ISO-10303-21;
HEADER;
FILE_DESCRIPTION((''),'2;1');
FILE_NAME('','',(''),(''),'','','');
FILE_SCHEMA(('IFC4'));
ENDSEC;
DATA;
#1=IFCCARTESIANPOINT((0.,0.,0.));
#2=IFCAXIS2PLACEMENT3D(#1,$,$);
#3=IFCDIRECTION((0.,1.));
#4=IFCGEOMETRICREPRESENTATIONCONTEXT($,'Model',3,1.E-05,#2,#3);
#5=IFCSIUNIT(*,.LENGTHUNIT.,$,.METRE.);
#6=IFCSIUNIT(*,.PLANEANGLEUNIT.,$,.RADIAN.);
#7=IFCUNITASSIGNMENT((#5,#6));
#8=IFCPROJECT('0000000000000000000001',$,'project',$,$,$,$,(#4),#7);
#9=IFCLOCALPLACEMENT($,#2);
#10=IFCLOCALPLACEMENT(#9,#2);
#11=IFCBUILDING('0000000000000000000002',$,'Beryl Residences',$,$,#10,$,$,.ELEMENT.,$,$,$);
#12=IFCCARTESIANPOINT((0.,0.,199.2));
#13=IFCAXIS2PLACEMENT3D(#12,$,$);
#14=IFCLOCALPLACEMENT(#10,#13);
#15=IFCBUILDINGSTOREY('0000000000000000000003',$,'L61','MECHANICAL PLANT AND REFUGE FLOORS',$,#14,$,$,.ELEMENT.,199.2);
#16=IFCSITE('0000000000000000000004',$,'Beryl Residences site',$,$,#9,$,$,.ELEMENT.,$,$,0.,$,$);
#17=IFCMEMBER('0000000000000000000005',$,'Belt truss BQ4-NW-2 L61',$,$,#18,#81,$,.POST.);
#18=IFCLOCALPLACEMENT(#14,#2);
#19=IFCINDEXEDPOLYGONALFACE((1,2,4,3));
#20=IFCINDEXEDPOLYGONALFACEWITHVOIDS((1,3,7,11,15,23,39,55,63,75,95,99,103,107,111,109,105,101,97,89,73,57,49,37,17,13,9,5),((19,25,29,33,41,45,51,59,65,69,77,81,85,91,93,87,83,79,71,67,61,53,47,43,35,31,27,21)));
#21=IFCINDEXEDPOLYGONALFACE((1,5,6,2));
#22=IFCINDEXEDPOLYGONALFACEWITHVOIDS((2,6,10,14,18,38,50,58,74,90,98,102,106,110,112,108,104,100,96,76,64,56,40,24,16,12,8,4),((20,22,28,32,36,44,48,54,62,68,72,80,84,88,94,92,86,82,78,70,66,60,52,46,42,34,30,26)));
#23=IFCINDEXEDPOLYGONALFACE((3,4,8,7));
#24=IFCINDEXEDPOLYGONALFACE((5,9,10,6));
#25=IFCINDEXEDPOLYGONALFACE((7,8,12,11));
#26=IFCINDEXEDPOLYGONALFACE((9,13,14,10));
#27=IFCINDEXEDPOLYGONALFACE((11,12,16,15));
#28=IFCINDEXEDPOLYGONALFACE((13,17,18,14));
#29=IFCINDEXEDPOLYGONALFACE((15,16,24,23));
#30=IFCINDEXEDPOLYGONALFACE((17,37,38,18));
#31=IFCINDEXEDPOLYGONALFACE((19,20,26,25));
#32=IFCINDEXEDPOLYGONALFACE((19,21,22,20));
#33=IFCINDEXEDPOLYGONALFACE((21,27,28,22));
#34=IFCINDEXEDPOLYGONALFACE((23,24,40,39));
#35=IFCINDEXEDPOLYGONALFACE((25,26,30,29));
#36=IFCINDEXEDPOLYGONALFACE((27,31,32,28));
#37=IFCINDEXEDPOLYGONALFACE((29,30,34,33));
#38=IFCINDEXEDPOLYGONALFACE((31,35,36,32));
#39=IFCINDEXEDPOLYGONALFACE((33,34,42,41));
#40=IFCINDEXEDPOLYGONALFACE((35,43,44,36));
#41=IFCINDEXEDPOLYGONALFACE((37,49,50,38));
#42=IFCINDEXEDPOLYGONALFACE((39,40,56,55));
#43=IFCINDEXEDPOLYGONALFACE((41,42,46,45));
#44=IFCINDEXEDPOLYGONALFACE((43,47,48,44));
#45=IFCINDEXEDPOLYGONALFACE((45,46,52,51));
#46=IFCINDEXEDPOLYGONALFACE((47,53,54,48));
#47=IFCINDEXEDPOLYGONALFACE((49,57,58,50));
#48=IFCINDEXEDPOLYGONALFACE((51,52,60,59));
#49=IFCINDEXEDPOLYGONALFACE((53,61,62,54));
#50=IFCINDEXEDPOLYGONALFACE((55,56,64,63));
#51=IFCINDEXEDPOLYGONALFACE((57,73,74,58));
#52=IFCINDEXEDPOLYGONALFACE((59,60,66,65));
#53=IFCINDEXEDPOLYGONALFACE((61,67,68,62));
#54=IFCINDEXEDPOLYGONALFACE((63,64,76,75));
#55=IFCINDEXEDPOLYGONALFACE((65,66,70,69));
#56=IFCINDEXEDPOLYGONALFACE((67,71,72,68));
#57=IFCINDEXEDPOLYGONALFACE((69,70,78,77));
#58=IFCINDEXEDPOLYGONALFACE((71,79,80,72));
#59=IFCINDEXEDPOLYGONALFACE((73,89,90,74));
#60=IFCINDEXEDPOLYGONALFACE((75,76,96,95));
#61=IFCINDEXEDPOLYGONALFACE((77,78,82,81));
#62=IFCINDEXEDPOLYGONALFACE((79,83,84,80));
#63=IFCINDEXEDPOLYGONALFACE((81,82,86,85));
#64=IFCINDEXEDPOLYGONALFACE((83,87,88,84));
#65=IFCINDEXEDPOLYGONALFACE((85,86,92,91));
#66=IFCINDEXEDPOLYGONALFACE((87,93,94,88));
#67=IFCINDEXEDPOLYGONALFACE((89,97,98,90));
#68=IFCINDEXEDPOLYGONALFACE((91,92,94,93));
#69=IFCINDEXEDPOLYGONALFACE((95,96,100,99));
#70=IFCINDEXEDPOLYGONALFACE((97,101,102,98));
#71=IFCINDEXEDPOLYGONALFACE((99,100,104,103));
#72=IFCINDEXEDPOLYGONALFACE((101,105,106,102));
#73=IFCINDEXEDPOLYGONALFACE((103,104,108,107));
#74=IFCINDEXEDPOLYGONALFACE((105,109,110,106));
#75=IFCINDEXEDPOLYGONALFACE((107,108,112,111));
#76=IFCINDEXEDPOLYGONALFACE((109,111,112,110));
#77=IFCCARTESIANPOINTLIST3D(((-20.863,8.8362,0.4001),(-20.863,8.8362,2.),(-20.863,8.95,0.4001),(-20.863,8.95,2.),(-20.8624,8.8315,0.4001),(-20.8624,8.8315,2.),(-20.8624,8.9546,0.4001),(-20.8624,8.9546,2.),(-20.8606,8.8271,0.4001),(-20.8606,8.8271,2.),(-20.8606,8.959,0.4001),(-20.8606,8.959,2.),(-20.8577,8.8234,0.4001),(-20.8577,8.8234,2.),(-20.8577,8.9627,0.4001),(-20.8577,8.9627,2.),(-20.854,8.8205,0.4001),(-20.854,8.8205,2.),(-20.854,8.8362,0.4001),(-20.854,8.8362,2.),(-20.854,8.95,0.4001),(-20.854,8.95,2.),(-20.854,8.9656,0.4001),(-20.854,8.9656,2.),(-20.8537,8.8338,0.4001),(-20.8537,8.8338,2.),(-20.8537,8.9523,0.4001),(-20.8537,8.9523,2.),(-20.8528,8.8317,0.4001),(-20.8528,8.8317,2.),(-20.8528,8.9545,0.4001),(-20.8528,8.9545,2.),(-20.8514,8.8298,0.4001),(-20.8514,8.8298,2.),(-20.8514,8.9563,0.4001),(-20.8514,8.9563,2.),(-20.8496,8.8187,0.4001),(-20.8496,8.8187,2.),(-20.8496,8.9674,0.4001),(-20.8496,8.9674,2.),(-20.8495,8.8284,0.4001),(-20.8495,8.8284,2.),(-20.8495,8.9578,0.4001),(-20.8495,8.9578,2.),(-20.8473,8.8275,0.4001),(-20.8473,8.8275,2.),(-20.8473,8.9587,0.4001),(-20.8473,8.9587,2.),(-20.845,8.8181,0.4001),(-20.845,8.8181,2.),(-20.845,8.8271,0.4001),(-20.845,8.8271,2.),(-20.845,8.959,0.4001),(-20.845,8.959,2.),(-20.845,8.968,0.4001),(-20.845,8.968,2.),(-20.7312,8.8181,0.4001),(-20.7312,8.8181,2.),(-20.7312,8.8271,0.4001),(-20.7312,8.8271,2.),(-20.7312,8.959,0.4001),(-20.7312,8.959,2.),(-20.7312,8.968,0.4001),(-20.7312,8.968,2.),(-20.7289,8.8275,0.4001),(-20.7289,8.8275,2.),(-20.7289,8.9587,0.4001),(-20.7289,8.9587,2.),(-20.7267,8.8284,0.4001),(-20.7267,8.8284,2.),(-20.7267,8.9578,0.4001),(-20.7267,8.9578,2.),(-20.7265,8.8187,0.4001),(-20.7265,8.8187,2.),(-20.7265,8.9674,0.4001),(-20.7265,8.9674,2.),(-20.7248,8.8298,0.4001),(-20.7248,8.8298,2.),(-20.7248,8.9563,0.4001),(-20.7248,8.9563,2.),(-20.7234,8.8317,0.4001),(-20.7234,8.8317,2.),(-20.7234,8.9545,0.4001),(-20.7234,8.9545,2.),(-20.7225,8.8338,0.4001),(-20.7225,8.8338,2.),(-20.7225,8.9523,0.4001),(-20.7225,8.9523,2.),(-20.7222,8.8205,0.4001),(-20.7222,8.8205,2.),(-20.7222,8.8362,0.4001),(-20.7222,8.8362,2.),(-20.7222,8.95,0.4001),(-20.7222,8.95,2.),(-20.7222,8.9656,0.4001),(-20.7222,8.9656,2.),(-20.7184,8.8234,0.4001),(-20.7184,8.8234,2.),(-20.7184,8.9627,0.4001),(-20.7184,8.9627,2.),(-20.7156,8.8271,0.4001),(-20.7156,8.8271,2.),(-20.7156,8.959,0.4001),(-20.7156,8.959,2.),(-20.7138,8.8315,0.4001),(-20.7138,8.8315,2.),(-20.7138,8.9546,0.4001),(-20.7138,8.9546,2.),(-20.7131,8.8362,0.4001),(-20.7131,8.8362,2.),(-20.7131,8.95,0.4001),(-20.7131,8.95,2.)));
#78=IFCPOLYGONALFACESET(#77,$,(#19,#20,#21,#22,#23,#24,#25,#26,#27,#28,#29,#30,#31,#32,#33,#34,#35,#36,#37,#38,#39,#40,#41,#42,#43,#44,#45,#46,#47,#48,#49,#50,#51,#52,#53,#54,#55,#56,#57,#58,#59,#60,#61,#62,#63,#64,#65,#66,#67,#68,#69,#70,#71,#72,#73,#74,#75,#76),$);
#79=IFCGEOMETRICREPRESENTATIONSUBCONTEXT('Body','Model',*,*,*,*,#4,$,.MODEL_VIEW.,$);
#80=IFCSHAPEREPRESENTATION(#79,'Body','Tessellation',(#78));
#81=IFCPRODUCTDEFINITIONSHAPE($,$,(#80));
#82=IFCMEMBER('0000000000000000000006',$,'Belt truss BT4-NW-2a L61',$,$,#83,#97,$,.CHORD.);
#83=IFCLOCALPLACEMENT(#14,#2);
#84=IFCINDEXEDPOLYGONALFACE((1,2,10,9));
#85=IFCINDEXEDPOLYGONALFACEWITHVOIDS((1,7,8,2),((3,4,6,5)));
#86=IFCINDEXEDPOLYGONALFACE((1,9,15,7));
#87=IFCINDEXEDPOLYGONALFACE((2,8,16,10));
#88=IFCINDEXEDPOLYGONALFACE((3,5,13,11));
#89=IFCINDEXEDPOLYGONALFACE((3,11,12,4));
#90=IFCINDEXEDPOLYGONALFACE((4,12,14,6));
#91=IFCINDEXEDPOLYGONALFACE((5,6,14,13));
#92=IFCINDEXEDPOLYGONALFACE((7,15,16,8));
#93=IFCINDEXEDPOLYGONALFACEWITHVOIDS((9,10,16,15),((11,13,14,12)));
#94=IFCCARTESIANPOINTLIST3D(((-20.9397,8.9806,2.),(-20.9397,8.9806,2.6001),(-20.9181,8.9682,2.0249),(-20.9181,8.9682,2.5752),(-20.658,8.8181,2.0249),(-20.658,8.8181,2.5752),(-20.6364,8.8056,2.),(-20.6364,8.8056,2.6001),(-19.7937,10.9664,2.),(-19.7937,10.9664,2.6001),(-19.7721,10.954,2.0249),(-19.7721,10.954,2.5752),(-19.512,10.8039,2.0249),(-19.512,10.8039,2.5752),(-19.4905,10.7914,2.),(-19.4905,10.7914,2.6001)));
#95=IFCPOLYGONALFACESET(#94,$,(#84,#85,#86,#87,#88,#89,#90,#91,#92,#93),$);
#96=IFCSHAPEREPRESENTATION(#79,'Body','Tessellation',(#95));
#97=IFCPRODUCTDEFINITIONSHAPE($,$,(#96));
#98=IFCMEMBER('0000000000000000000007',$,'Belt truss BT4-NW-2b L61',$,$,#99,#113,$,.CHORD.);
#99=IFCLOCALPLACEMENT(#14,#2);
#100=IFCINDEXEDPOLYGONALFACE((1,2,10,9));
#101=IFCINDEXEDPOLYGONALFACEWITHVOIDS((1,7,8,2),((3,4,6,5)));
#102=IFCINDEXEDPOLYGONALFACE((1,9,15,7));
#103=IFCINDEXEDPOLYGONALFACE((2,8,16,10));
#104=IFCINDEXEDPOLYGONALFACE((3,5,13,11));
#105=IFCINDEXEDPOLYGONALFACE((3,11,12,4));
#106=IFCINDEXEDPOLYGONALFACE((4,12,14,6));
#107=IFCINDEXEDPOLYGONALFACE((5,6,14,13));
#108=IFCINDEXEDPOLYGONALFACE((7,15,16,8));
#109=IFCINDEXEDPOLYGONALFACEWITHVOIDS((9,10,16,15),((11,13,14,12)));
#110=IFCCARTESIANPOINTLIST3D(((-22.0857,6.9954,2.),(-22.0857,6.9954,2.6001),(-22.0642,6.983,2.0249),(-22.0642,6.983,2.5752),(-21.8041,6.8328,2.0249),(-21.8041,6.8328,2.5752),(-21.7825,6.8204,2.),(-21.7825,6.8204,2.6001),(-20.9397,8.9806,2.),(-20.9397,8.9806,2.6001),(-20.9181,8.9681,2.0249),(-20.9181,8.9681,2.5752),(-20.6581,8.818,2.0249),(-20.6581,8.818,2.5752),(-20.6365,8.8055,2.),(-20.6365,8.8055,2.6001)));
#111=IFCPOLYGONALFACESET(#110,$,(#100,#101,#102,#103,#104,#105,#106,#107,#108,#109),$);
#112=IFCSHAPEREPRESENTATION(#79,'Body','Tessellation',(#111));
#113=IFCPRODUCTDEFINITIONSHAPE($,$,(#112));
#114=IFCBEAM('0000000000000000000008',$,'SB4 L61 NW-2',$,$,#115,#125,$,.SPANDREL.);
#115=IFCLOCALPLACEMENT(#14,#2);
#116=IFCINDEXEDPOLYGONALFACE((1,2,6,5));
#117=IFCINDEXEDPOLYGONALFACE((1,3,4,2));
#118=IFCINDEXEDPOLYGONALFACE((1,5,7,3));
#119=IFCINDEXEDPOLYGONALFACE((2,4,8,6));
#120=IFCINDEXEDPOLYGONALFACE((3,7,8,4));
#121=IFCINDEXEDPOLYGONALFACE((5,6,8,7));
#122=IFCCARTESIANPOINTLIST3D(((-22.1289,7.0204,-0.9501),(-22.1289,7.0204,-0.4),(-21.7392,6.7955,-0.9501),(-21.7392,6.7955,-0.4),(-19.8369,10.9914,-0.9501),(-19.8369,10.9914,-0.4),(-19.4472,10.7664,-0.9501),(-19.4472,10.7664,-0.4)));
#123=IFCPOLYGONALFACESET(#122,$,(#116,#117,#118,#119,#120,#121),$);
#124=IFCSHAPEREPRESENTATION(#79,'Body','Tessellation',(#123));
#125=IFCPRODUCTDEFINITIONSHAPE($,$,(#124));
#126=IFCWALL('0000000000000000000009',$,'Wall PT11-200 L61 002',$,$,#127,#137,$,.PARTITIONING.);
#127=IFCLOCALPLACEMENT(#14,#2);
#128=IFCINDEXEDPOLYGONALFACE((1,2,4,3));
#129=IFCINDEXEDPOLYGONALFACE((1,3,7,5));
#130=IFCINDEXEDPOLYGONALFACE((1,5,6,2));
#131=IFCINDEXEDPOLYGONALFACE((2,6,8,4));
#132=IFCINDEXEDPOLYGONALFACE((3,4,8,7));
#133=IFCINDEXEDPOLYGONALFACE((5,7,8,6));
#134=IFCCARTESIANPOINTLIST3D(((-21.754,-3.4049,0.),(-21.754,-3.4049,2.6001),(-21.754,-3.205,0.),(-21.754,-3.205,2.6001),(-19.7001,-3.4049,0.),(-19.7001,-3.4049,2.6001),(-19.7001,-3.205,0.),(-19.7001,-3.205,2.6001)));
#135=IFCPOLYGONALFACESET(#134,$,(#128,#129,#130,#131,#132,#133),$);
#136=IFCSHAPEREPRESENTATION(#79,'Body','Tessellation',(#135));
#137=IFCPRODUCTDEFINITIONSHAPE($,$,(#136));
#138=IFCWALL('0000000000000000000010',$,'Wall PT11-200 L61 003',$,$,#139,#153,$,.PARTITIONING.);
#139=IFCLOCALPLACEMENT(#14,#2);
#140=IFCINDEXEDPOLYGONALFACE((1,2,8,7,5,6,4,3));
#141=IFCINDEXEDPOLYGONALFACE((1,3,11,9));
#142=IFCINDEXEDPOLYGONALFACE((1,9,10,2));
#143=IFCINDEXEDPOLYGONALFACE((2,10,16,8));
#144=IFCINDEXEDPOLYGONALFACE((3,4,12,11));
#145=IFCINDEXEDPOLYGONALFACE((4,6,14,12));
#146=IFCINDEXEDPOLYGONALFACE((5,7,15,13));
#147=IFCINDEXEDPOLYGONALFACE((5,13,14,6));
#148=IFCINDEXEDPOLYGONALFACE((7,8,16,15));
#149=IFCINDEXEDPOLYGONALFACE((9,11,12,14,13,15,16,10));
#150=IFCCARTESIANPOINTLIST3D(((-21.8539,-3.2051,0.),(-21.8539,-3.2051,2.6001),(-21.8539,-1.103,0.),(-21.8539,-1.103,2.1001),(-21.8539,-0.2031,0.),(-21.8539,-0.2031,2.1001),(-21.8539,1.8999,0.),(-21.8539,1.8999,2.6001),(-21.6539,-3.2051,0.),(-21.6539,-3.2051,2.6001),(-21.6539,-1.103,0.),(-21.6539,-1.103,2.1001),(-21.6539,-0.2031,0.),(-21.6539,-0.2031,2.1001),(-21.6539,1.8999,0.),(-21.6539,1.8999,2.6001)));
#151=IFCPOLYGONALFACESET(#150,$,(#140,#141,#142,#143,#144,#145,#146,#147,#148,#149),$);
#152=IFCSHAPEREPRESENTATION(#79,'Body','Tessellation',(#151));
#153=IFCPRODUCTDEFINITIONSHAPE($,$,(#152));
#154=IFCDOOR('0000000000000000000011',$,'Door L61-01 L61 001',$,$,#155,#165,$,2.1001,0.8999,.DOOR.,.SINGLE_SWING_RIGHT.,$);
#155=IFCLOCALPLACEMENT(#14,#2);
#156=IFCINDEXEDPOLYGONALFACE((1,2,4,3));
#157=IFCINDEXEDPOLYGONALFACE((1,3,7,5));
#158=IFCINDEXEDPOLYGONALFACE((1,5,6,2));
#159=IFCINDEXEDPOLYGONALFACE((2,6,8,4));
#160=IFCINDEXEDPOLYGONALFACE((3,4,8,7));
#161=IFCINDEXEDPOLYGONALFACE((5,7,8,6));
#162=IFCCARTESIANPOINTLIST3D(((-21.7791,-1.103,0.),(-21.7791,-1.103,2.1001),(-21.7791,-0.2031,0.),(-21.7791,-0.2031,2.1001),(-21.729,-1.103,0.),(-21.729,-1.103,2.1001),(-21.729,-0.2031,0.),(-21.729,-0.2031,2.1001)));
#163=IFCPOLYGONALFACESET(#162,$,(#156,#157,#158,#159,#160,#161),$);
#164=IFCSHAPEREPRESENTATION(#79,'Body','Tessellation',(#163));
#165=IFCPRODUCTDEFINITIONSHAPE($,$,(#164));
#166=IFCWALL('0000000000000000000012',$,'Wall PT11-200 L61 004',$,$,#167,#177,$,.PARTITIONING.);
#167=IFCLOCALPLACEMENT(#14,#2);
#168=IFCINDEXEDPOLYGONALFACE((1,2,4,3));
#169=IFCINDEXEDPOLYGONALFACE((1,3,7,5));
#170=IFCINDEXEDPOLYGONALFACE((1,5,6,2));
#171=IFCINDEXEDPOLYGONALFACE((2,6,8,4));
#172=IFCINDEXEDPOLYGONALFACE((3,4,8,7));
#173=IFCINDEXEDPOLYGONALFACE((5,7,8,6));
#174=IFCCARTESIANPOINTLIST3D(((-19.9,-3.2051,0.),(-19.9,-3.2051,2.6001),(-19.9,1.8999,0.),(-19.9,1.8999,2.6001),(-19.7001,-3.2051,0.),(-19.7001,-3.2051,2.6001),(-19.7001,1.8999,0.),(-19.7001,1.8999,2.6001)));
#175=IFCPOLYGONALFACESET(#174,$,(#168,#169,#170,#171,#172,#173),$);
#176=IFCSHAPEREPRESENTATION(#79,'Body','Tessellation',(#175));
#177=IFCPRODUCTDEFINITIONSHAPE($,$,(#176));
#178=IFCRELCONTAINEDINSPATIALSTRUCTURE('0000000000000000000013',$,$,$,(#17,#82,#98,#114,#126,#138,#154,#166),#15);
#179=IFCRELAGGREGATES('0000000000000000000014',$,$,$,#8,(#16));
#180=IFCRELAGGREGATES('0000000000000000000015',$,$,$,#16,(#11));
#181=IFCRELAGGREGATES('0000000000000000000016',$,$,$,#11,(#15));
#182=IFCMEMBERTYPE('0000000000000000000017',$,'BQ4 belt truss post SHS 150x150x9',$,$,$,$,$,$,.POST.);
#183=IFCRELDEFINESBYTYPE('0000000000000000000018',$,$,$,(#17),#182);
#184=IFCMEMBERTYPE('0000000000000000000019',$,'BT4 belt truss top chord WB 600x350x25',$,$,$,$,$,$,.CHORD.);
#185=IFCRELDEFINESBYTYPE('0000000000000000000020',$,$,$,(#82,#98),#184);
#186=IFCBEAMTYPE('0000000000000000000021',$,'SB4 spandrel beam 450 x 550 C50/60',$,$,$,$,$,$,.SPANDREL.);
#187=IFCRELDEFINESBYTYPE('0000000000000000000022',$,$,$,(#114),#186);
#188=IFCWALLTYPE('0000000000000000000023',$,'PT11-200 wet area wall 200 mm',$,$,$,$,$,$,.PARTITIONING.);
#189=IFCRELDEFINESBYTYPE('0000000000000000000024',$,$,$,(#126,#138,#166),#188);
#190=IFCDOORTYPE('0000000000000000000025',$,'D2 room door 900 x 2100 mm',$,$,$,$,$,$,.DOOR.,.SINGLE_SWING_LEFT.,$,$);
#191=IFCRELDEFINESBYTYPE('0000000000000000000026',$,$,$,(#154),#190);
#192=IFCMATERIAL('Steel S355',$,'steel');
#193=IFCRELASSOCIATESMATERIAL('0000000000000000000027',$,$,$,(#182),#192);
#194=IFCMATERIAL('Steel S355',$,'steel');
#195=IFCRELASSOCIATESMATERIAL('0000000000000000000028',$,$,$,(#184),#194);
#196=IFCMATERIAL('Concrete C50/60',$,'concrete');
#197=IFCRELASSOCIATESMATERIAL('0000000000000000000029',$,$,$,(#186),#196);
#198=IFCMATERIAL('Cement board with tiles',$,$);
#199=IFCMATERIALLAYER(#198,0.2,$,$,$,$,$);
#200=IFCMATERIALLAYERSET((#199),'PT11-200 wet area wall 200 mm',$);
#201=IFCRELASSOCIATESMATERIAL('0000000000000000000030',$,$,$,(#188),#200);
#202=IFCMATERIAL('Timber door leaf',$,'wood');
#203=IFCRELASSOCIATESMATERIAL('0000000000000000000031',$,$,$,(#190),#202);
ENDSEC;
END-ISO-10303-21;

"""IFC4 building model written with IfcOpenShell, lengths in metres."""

from ifc_helpers import new_model, si_unit, direction, frame, frame_2d, origin, origin_2d, place, context, subcontext, project, spatial, rectangle, hollow_rectangle, extrude, material, layer, layer_set, material_profile, profile_set, type_object, element, fill, save


model = new_model("IFC4")

# Units and contexts
model_context = context("Model", 3, precision=1e-05, world=origin(), true_north=direction((0.0, 1.0)))
body_context = subcontext(model_context, "Body", "Model", "MODEL_VIEW")
ifc_project = project(units=[si_unit("LENGTHUNIT", "METRE"), si_unit("PLANEANGLEUNIT", "RADIAN")], contexts=[model_context])

# Site, building, storey
site_placement = place(None, origin())
site = spatial("IfcSite", under=ifc_project, at=site_placement, Name="Beryl Residences site", CompositionType="ELEMENT", RefElevation=0.0)
building_placement = place(site_placement, origin())
building = spatial("IfcBuilding", under=site, at=building_placement, Name="Beryl Residences", CompositionType="ELEMENT")
storey_placement = place(building_placement, frame((0.0, 0.0, 199.2)))
storey = spatial("IfcBuildingStorey", under=building, at=storey_placement, Name="L61", Description="MECHANICAL PLANT AND REFUGE FLOORS", CompositionType="ELEMENT", Elevation=199.2)

# Members
ifc_material_1 = material(Name="Steel S355", Category="steel")
ifc_material_profile_1 = material_profile(ifc_material_1, hollow_rectangle(XDim=0.1499, YDim=0.1499, WallThickness=0.009, InnerFilletRadius=0.009, OuterFilletRadius=0.0181, at=origin_2d()))
ifc_profile_set_1 = profile_set([ifc_material_profile_1], Name="Steel S355")
member_type_1 = type_object("IfcMemberType", Name="BQ4 belt truss post SHS 150x150x9", PredefinedType="POST", material=ifc_profile_set_1)
member_1_placement = place(storey_placement, frame((-20.7881, 8.8931, 0.4001), z_axis=(0.0, 0.0, 1.0), x_axis=(1.0, 0.0, 0.0)))
element("IfcMember", 1, at=member_1_placement, inside=storey, type_object=member_type_1, Name="Belt truss BQ4-NW-2 L61", PredefinedType="POST", context=body_context, shape_type="SweptSolid", body=[
    extrude(hollow_rectangle(XDim=0.1499, YDim=0.1499, WallThickness=0.009, InnerFilletRadius=0.009, OuterFilletRadius=0.0181, at=origin_2d()), origin(), (0.0, 0.0, 1.0), 1.5999),
])
ifc_material_2 = material(Name="Steel S355", Category="steel")
ifc_material_profile_2 = material_profile(ifc_material_2, hollow_rectangle(XDim=0.3501, YDim=0.6001, WallThickness=0.0249, at=origin_2d()))
ifc_profile_set_2 = profile_set([ifc_material_profile_2], Name="Steel S355")
member_type_2 = type_object("IfcMemberType", Name="BT4 belt truss top chord WB 600x350x25", PredefinedType="CHORD", material=ifc_profile_set_2)
member_2_placement = place(storey_placement, frame((-19.6421, 10.8789, 2.3), z_axis=(-0.499827, -0.866125, 0.0), x_axis=(0.866125, -0.499827, 0.0)))
element("IfcMember", 2, at=member_2_placement, inside=storey, type_object=member_type_2, Name="Belt truss BT4-NW-2a L61", PredefinedType="CHORD", context=body_context, shape_type="SweptSolid", body=[
    extrude(hollow_rectangle(XDim=0.3501, YDim=0.6001, WallThickness=0.0249, at=origin_2d()), origin(), (0.0, 0.0, 1.0), 2.2927),
])
member_3_placement = place(storey_placement, frame((-20.7881, 8.8931, 2.3), z_axis=(-0.499965, -0.866045, 0.0), x_axis=(0.866045, -0.499965, 0.0)))
element("IfcMember", 3, at=member_3_placement, inside=storey, type_object=member_type_2, Name="Belt truss BT4-NW-2b L61", PredefinedType="CHORD", context=body_context, shape_type="SweptSolid", body=[
    extrude(hollow_rectangle(XDim=0.3501, YDim=0.6001, WallThickness=0.0249, at=origin_2d()), origin(), (0.0, 0.0, 1.0), 2.2922),
])

# Beam
ifc_material_3 = material(Name="Concrete C50/60", Category="concrete")
ifc_material_profile_3 = material_profile(ifc_material_3, rectangle(XDim=0.45, YDim=0.55, at=origin_2d()))
ifc_profile_set_3 = profile_set([ifc_material_profile_3], Name="Concrete C50/60")
beam_type = type_object("IfcBeamType", Name="SB4 spandrel beam 450 x 550 C50/60", PredefinedType="SPANDREL", material=ifc_profile_set_3)
beam_placement = place(storey_placement, frame((-19.6421, 10.8789, -0.675), z_axis=(-0.499896, -0.866085, 0.0), x_axis=(0.866085, -0.499896, 0.0)))
element("IfcBeam", 4, at=beam_placement, inside=storey, type_object=beam_type, Name="SB4 L61 NW-2", PredefinedType="SPANDREL", context=body_context, shape_type="SweptSolid", body=[
    extrude(rectangle(XDim=0.45, YDim=0.55, at=origin_2d()), origin(), (0.0, 0.0, 1.0), 4.585),
])

# Wall
ifc_material_4 = material(Name="Cement board with tiles")
ifc_layer_1 = layer(ifc_material_4, 0.2)
ifc_layer_set_1 = layer_set([ifc_layer_1], Name="PT11-200 wet area wall 200 mm")
wall_type_1 = type_object("IfcWallType", Name="PT11-200 wet area wall 200 mm", PredefinedType="PARTITIONING", material=ifc_layer_set_1)
wall_1_placement = place(storey_placement, frame((-21.7539, -3.3049, 0.0), z_axis=(0.0, 0.0, 1.0), x_axis=(1.0, 0.0, 0.0)))
element("IfcWall", 5, at=wall_1_placement, inside=storey, type_object=wall_type_1, Name="Wall PT11-200 L61 002", PredefinedType="PARTITIONING", context=body_context, shape_type="SweptSolid", body=[
    extrude(rectangle(XDim=2.054, YDim=0.2, at=frame_2d((1.0269, 0.0))), origin(), (0.0, 0.0, 1.0), 2.6001),
])

# Wall, opening, door
wall_2_placement = place(storey_placement, frame((-21.7539, -3.2051, 0.0), z_axis=(0.0, 0.0, 1.0), x_axis=(0.0, 1.0, 0.0)))
wall_2 = element("IfcWall", 6, at=wall_2_placement, inside=storey, type_object=wall_type_1, Name="Wall PT11-200 L61 003", PredefinedType="PARTITIONING", context=body_context, shape_type="SweptSolid", body=[
    extrude(rectangle(XDim=5.105, YDim=0.2, at=frame_2d((2.5525, 0.0))), origin(), (0.0, 0.0, 1.0), 2.6001),
])
opening_1_placement = place(wall_2_placement, frame((3.002, 0.0, 0.0), z_axis=(0.0, 0.0, 1.0), x_axis=(-1.0, 0.0, 0.0)))
opening_1 = element("IfcOpeningElement", 7, at=opening_1_placement, cuts=wall_2, PredefinedType="OPENING", context=body_context, shape_type="SweptSolid", body=[
    extrude(rectangle(XDim=0.8999, YDim=2.1001, at=frame_2d((0.45, 1.05))), frame((0.0, 0.1099, 0.0), z_axis=(0.0, -1.0, 0.0), x_axis=(1.0, 0.0, 0.0)), (0.0, 0.0, 1.0), 0.22),
])
ifc_material_5 = material(Name="Timber door leaf", Category="wood")
door_type_1 = type_object("IfcDoorType", Name="D2 room door 900 x 2100 mm", OperationType="SINGLE_SWING_LEFT", PredefinedType="DOOR", material=ifc_material_5)
door_1_placement = place(opening_1_placement, origin())
door_1 = element("IfcDoor", 8, at=door_1_placement, inside=storey, type_object=door_type_1, Name="Door L61-01 L61 001", OperationType="SINGLE_SWING_RIGHT", OverallHeight=2.1001, OverallWidth=0.8999, PredefinedType="DOOR", context=body_context, shape_type="SweptSolid", body=[
    extrude(rectangle(XDim=0.8999, YDim=2.1001, at=frame_2d((0.45, 1.05))), frame((0.0, 0.0249, 0.0), z_axis=(0.0, -1.0, 0.0), x_axis=(1.0, 0.0, 0.0)), (0.0, 0.0, 1.0), 0.05),
])
fill(opening_1, door_1)

# Wall
wall_3_placement = place(storey_placement, frame((-19.8, -3.2051, 0.0), z_axis=(0.0, 0.0, 1.0), x_axis=(0.0, 1.0, 0.0)))
element("IfcWall", 9, at=wall_3_placement, inside=storey, type_object=wall_type_1, Name="Wall PT11-200 L61 004", PredefinedType="PARTITIONING", context=body_context, shape_type="SweptSolid", body=[
    extrude(rectangle(XDim=5.105, YDim=0.2, at=frame_2d((2.5525, 0.0))), origin(), (0.0, 0.0, 1.0), 2.6001),
])

save(model, "model.ifc")
